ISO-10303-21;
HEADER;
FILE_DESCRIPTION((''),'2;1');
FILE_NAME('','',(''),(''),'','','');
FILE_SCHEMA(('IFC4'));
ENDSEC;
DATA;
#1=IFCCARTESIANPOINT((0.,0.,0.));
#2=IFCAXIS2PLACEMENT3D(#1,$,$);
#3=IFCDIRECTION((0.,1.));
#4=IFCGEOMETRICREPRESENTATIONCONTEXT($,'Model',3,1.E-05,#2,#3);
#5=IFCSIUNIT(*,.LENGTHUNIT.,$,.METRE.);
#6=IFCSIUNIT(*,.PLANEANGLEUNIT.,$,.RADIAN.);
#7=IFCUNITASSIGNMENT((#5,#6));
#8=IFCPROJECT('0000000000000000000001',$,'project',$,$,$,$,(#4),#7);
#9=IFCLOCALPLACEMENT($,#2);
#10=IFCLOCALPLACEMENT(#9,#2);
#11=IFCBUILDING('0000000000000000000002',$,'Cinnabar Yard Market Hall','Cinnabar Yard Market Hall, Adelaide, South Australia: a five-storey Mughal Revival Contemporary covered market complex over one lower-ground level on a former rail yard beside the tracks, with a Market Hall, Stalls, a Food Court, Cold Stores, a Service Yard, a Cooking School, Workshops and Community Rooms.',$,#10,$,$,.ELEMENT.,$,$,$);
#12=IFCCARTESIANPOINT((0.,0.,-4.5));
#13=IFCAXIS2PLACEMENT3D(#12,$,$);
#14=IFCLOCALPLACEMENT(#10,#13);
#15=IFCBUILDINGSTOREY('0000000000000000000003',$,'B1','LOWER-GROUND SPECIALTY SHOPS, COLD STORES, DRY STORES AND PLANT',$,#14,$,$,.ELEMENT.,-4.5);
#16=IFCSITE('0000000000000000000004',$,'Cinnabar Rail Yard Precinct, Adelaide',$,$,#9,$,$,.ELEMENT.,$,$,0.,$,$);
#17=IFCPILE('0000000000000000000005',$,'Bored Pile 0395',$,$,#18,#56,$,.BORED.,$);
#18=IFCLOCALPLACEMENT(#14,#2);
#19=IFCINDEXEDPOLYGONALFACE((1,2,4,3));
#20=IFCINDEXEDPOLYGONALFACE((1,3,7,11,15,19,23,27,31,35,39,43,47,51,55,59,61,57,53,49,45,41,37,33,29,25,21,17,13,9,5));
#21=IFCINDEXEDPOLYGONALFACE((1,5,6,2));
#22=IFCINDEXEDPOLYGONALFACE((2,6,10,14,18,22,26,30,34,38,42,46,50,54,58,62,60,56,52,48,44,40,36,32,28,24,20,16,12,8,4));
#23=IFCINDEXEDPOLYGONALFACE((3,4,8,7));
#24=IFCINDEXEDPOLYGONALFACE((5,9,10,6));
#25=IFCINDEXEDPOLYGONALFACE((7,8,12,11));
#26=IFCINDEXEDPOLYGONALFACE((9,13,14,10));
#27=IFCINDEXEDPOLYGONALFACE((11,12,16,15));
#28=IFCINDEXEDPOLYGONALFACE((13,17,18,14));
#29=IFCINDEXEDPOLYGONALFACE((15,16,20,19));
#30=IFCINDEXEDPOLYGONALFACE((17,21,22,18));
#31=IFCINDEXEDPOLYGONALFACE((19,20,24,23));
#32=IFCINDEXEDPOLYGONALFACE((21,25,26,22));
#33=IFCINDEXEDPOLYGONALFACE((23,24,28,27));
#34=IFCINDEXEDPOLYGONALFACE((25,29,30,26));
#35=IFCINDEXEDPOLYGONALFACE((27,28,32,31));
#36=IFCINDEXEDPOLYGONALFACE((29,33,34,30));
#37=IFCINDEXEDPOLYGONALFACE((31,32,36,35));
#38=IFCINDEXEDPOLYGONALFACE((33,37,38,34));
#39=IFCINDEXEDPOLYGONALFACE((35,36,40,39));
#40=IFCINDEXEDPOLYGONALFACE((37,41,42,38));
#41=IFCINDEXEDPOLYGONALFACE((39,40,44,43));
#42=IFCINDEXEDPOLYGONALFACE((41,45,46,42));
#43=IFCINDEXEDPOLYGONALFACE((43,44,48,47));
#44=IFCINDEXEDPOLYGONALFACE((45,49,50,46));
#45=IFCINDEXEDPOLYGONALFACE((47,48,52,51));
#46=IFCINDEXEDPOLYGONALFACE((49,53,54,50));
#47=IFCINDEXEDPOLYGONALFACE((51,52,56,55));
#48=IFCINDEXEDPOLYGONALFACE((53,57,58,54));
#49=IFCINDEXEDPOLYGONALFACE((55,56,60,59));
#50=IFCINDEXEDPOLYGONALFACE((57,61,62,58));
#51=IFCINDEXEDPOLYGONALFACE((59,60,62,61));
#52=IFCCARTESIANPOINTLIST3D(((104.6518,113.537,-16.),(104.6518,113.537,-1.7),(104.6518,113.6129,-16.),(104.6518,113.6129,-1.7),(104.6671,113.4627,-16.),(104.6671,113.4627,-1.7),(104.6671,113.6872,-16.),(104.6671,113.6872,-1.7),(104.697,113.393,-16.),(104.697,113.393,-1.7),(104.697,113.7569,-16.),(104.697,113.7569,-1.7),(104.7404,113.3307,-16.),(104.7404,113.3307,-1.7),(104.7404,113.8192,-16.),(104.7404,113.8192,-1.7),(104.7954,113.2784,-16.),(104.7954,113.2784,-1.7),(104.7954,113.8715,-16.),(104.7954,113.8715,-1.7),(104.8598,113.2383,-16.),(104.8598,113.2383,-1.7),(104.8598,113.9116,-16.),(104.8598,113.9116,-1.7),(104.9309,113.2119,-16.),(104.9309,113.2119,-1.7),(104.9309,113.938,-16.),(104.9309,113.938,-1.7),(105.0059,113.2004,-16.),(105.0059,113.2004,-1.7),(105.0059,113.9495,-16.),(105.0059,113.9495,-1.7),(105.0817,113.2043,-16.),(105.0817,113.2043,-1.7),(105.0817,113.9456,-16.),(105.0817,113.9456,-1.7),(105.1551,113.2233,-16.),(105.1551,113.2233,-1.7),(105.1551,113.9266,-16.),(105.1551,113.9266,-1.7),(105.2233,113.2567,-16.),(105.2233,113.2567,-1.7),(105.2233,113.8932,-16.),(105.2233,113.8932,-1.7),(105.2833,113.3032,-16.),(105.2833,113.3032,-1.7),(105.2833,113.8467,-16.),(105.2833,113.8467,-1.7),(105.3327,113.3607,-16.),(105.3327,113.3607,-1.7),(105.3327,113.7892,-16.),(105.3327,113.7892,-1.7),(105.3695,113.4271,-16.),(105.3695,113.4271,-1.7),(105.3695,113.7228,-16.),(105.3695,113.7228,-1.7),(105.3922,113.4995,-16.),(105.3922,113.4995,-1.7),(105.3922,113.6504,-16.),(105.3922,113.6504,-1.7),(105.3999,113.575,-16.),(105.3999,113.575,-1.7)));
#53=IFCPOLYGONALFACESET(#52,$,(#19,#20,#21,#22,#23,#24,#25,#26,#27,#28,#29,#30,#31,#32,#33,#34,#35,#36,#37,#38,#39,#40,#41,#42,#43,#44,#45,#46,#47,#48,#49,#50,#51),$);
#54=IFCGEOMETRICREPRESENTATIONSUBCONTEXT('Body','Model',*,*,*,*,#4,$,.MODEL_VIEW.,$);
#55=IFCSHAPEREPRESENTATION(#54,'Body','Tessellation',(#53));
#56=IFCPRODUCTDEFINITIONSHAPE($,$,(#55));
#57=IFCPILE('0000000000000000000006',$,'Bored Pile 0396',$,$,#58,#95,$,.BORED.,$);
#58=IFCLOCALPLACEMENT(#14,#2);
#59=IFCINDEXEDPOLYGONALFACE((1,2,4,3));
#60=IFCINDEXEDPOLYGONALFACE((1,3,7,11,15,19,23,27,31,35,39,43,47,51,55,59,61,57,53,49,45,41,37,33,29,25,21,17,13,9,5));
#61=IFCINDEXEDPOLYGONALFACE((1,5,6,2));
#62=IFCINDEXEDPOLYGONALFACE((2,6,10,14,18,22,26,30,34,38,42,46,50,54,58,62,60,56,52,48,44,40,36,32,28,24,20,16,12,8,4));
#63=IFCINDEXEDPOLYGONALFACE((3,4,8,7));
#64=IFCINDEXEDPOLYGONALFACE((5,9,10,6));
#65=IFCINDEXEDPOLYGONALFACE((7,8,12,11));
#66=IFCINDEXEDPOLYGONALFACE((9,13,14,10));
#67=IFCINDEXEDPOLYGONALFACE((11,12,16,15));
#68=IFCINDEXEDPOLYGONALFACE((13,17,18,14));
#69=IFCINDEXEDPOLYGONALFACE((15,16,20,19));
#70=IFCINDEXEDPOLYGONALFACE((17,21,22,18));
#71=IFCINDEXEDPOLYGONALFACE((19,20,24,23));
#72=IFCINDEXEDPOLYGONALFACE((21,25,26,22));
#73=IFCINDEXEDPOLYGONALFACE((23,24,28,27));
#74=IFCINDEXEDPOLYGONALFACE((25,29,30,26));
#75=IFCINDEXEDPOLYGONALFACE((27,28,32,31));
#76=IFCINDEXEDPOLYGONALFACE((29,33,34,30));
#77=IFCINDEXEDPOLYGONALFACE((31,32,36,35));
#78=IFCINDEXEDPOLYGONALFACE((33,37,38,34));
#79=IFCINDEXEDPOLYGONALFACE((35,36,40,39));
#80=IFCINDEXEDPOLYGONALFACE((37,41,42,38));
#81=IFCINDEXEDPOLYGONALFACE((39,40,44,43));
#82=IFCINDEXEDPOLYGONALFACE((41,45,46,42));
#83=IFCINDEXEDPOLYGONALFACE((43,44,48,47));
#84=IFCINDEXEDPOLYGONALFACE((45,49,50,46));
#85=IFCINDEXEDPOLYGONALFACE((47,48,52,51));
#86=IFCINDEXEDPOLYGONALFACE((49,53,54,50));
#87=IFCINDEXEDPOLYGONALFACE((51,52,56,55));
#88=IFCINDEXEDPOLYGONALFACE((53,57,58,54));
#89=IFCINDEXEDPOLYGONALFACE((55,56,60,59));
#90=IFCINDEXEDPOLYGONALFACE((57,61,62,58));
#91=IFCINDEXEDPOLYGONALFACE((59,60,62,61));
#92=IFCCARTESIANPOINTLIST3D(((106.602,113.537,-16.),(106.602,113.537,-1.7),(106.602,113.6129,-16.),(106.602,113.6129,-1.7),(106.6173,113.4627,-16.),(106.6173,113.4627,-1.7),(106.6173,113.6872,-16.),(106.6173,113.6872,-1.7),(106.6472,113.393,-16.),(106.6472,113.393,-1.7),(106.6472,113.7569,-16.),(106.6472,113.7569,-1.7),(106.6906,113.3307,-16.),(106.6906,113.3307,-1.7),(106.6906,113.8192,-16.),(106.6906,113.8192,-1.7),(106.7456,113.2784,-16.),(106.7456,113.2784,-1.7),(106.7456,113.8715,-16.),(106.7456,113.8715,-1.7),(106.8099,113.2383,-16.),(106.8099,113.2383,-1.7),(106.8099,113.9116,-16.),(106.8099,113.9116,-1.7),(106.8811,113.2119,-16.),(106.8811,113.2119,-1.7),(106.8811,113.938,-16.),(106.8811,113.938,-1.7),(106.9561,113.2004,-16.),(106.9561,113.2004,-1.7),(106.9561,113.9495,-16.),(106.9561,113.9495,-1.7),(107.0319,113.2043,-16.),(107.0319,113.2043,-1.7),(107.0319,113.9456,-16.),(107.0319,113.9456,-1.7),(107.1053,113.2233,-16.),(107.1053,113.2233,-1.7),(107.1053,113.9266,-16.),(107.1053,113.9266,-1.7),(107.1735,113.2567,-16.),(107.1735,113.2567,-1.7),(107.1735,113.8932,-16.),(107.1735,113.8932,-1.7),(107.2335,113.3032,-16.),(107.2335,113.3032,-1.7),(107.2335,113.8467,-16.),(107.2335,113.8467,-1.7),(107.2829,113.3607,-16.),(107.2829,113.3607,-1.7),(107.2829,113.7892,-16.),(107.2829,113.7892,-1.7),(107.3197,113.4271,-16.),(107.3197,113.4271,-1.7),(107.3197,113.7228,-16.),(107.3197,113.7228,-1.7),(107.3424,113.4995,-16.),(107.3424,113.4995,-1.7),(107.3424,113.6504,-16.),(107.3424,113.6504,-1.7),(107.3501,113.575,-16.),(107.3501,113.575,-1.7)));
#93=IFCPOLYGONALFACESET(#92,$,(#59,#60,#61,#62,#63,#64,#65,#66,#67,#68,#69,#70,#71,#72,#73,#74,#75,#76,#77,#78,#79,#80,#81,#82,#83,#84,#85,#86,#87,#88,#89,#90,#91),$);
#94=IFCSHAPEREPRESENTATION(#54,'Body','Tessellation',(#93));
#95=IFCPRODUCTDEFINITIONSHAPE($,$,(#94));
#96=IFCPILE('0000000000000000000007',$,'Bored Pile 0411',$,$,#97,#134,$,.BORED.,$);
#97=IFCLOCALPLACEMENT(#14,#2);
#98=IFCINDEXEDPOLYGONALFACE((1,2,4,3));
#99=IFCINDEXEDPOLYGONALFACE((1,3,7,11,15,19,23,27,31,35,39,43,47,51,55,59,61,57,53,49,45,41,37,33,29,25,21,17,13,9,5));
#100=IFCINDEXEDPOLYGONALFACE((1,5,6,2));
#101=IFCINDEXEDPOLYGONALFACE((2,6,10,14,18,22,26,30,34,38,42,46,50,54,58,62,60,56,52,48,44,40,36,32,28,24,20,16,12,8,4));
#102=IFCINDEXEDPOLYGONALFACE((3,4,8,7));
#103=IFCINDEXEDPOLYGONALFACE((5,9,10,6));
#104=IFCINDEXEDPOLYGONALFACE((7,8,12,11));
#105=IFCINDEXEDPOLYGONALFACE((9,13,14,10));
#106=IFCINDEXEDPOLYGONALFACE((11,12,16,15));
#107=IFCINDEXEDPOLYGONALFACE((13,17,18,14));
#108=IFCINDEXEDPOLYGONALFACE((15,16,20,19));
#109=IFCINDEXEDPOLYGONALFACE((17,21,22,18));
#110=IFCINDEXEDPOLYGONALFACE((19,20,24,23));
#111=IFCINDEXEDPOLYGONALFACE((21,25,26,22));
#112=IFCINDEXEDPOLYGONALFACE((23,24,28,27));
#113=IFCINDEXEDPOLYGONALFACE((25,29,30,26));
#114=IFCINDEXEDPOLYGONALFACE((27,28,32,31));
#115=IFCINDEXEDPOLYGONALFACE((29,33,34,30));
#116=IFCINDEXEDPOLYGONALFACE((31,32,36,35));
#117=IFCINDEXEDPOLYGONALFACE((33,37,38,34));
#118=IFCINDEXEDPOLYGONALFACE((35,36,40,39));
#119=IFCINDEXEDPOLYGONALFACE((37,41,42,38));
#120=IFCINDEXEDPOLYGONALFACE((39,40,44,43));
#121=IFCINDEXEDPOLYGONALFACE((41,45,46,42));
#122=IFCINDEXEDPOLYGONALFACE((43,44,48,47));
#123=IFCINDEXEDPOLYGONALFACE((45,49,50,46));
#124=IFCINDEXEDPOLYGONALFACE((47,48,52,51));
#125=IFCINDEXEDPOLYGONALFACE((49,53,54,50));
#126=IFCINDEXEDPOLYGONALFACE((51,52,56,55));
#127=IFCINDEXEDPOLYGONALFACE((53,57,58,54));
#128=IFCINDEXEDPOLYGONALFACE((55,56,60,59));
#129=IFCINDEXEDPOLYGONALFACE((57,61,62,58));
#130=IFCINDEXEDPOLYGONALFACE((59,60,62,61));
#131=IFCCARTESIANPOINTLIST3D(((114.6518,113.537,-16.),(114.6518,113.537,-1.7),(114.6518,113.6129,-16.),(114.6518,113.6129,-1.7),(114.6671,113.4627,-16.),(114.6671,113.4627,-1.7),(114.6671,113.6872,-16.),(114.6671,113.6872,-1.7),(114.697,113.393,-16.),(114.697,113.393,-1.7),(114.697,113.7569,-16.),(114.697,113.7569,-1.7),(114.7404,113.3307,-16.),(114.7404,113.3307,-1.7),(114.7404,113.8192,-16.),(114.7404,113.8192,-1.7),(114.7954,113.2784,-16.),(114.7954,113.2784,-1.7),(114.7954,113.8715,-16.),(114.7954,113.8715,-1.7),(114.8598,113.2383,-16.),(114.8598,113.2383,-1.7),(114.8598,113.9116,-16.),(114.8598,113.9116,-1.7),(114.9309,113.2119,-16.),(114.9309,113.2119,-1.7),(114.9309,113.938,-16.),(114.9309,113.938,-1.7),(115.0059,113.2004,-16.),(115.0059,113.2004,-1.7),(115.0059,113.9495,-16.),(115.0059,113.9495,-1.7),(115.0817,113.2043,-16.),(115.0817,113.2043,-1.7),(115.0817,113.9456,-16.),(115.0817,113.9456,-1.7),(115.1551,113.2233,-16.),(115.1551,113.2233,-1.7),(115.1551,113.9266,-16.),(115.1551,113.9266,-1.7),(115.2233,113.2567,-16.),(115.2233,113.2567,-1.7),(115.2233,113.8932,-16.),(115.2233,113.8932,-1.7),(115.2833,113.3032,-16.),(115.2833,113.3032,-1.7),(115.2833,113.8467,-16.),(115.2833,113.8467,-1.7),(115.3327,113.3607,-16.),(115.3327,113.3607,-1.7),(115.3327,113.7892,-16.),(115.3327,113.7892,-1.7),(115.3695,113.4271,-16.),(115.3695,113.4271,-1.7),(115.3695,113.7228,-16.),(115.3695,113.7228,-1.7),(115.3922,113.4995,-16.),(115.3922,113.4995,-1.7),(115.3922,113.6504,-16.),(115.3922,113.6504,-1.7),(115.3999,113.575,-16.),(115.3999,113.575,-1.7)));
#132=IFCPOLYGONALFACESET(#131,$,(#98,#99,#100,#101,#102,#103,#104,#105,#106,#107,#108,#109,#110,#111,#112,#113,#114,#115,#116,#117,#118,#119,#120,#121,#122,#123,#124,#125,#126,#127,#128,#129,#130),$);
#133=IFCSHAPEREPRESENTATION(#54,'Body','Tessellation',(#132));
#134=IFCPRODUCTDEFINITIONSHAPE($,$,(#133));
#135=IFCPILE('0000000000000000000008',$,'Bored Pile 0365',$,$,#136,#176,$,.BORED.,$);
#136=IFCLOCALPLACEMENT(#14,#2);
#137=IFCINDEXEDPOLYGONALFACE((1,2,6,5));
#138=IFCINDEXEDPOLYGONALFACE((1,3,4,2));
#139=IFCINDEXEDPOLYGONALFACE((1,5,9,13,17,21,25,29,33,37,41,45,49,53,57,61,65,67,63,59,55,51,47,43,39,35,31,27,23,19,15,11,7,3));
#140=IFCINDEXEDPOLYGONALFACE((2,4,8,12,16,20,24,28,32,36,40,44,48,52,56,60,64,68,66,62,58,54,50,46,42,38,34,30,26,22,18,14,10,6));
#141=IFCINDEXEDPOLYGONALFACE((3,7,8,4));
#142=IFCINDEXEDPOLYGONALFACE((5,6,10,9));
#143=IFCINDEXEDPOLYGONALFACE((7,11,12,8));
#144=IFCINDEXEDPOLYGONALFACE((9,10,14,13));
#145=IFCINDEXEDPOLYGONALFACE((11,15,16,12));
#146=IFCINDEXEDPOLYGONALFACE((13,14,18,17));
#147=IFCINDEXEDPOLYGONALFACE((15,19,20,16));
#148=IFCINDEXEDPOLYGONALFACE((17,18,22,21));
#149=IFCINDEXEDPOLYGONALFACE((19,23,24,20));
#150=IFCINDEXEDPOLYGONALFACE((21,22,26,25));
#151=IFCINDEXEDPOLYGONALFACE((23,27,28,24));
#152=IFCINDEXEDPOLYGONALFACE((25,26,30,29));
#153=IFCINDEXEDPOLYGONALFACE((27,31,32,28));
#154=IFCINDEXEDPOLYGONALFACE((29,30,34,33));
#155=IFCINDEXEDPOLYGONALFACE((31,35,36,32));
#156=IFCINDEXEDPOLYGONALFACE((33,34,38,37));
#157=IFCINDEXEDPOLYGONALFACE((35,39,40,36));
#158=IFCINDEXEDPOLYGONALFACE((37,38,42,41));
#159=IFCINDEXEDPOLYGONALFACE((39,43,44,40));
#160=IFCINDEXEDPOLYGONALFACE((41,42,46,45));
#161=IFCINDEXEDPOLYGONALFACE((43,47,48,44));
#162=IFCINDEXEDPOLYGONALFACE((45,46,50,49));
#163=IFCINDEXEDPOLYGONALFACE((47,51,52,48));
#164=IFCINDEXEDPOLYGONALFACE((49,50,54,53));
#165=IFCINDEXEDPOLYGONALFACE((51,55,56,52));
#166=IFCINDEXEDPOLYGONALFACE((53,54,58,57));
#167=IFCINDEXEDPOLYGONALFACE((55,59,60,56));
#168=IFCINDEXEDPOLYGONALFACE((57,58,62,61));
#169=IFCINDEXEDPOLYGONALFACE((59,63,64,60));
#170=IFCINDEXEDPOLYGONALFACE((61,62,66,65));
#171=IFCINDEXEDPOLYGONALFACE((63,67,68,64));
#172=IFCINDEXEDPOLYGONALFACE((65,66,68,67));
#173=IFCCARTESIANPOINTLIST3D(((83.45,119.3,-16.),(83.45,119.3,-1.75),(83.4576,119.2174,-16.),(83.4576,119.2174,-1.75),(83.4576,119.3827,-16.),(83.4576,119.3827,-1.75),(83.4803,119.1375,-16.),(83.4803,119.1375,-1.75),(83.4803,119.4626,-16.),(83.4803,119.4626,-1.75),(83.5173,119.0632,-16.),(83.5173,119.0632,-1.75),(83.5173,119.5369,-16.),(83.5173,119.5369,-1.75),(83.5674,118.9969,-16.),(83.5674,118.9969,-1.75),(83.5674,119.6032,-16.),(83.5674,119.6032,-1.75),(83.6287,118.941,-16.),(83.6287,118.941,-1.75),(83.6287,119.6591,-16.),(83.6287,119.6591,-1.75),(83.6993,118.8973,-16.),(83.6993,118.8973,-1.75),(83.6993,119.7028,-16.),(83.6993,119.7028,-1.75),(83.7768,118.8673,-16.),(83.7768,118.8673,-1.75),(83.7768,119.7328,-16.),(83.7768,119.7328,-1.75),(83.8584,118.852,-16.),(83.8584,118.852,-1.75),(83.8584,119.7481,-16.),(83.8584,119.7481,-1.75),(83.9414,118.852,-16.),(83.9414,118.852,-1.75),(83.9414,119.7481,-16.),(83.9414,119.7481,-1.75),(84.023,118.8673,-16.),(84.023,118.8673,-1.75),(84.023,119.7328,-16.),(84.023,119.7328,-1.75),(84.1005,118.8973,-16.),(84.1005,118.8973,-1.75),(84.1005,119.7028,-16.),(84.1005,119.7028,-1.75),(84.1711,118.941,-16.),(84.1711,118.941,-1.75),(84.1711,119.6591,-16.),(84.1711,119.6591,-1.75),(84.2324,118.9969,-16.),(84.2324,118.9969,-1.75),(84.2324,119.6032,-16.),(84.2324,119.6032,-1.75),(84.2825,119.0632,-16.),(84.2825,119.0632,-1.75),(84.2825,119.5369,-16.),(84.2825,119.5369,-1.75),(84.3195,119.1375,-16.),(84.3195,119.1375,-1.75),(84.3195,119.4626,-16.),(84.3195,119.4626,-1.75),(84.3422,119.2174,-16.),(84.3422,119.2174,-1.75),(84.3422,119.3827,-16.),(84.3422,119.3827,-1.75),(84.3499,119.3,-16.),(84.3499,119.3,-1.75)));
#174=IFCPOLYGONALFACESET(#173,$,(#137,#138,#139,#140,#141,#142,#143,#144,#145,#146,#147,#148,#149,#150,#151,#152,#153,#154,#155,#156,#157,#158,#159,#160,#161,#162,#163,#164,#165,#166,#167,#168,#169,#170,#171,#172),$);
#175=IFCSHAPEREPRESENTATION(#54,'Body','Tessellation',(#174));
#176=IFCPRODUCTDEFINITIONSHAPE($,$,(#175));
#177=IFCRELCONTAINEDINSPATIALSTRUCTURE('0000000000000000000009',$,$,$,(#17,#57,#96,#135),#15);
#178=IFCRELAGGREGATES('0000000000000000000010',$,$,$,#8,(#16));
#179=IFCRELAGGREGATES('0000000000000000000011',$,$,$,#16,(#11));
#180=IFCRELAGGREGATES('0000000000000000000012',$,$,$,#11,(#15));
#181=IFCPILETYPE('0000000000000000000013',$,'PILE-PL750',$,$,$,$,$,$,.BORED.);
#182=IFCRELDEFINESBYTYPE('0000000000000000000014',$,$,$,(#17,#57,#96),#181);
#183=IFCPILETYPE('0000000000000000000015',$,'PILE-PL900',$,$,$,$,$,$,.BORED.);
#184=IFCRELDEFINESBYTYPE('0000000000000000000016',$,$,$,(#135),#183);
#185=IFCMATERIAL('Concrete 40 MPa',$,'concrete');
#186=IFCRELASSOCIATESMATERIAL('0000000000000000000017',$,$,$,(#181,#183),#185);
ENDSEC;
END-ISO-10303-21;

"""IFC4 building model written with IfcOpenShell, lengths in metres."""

from ifc_helpers import new_model, si_unit, direction, frame, origin, origin_2d_with_axis, place, context, subcontext, project, spatial, circle, extrude, material, material_profile, profile_set, type_object, element, save


model = new_model("IFC4")

# Units and contexts
model_context = context("Model", 3, precision=1e-05, world=origin(), true_north=direction((0.0, 1.0)))
body_context = subcontext(model_context, "Body", "Model", "MODEL_VIEW")
ifc_project = project(units=[si_unit("LENGTHUNIT", "METRE"), si_unit("PLANEANGLEUNIT", "RADIAN")], contexts=[model_context])

# Site, building, storey
site_placement = place(None, origin())
site = spatial("IfcSite", under=ifc_project, at=site_placement, Name="Cinnabar Rail Yard Precinct, Adelaide", CompositionType="ELEMENT", RefElevation=0.0)
building_placement = place(site_placement, origin())
building = spatial("IfcBuilding", under=site, at=building_placement, Name="Cinnabar Yard Market Hall", Description="Cinnabar Yard Market Hall, Adelaide, South Australia: a five-storey Mughal Revival Contemporary covered market complex over one lower-ground level on a former rail yard beside the tracks, with a Market Hall, Stalls, a Food Court, Cold Stores, a Service Yard, a Cooking School, Workshops and Community Rooms.", CompositionType="ELEMENT")
storey_placement = place(building_placement, frame((0.0, 0.0, -4.5)))
storey = spatial("IfcBuildingStorey", under=building, at=storey_placement, Name="B1", Description="LOWER-GROUND SPECIALTY SHOPS, COLD STORES, DRY STORES AND PLANT", CompositionType="ELEMENT", Elevation=-4.5)

# Shared definitions
ifc_material_1 = material(Name="Concrete 40 MPa", Category="concrete")

# Piles
ifc_material_profile_1 = material_profile(ifc_material_1, circle(Radius=0.375, at=origin_2d_with_axis()), Name="PILE-D750")
ifc_profile_set_1 = profile_set([ifc_material_profile_1], Name="Concrete 40 MPa")
pile_type_1 = type_object("IfcPileType", Name="PILE-PL750", PredefinedType="BORED", material=ifc_profile_set_1)
for number, where, z_axis, x_axis, name in (
    (1, (105.0249, 113.575, -1.7), (0.0, 0.0, -1.0), (1.0, 0.0, 0.0), "Bored Pile 0395"),
    (2, (106.9751, 113.575, -1.7), (0.0, 0.0, -1.0), (1.0, 0.0, 0.0), "Bored Pile 0396"),
    (3, (115.0249, 113.575, -1.7), (0.0, 0.0, -1.0), (1.0, 0.0, 0.0), "Bored Pile 0411"),
):
    element("IfcPile", number, at=place(storey_placement, frame(where, z_axis=z_axis, x_axis=x_axis)), inside=storey, type_object=pile_type_1, Name=name, PredefinedType="BORED", context=body_context, shape_type="SweptSolid", body=[
        extrude(circle(Radius=0.375, at=origin_2d_with_axis()), origin(), (0.0, 0.0, 1.0), 14.3),
    ])
ifc_material_profile_2 = material_profile(ifc_material_1, circle(Radius=0.45, at=origin_2d_with_axis()), Name="PILE-D900")
ifc_profile_set_2 = profile_set([ifc_material_profile_2], Name="Concrete 40 MPa")
pile_type_2 = type_object("IfcPileType", Name="PILE-PL900", PredefinedType="BORED", material=ifc_profile_set_2)
pile_placement = place(storey_placement, frame((83.8999, 119.3, -1.75), z_axis=(0.0, 0.0, -1.0), x_axis=(1.0, 0.0, 0.0)))
element("IfcPile", 4, at=pile_placement, inside=storey, type_object=pile_type_2, Name="Bored Pile 0365", PredefinedType="BORED", context=body_context, shape_type="SweptSolid", body=[
    extrude(circle(Radius=0.45, at=origin_2d_with_axis()), origin(), (0.0, 0.0, 1.0), 14.25),
])

save(model, "model.ifc")
